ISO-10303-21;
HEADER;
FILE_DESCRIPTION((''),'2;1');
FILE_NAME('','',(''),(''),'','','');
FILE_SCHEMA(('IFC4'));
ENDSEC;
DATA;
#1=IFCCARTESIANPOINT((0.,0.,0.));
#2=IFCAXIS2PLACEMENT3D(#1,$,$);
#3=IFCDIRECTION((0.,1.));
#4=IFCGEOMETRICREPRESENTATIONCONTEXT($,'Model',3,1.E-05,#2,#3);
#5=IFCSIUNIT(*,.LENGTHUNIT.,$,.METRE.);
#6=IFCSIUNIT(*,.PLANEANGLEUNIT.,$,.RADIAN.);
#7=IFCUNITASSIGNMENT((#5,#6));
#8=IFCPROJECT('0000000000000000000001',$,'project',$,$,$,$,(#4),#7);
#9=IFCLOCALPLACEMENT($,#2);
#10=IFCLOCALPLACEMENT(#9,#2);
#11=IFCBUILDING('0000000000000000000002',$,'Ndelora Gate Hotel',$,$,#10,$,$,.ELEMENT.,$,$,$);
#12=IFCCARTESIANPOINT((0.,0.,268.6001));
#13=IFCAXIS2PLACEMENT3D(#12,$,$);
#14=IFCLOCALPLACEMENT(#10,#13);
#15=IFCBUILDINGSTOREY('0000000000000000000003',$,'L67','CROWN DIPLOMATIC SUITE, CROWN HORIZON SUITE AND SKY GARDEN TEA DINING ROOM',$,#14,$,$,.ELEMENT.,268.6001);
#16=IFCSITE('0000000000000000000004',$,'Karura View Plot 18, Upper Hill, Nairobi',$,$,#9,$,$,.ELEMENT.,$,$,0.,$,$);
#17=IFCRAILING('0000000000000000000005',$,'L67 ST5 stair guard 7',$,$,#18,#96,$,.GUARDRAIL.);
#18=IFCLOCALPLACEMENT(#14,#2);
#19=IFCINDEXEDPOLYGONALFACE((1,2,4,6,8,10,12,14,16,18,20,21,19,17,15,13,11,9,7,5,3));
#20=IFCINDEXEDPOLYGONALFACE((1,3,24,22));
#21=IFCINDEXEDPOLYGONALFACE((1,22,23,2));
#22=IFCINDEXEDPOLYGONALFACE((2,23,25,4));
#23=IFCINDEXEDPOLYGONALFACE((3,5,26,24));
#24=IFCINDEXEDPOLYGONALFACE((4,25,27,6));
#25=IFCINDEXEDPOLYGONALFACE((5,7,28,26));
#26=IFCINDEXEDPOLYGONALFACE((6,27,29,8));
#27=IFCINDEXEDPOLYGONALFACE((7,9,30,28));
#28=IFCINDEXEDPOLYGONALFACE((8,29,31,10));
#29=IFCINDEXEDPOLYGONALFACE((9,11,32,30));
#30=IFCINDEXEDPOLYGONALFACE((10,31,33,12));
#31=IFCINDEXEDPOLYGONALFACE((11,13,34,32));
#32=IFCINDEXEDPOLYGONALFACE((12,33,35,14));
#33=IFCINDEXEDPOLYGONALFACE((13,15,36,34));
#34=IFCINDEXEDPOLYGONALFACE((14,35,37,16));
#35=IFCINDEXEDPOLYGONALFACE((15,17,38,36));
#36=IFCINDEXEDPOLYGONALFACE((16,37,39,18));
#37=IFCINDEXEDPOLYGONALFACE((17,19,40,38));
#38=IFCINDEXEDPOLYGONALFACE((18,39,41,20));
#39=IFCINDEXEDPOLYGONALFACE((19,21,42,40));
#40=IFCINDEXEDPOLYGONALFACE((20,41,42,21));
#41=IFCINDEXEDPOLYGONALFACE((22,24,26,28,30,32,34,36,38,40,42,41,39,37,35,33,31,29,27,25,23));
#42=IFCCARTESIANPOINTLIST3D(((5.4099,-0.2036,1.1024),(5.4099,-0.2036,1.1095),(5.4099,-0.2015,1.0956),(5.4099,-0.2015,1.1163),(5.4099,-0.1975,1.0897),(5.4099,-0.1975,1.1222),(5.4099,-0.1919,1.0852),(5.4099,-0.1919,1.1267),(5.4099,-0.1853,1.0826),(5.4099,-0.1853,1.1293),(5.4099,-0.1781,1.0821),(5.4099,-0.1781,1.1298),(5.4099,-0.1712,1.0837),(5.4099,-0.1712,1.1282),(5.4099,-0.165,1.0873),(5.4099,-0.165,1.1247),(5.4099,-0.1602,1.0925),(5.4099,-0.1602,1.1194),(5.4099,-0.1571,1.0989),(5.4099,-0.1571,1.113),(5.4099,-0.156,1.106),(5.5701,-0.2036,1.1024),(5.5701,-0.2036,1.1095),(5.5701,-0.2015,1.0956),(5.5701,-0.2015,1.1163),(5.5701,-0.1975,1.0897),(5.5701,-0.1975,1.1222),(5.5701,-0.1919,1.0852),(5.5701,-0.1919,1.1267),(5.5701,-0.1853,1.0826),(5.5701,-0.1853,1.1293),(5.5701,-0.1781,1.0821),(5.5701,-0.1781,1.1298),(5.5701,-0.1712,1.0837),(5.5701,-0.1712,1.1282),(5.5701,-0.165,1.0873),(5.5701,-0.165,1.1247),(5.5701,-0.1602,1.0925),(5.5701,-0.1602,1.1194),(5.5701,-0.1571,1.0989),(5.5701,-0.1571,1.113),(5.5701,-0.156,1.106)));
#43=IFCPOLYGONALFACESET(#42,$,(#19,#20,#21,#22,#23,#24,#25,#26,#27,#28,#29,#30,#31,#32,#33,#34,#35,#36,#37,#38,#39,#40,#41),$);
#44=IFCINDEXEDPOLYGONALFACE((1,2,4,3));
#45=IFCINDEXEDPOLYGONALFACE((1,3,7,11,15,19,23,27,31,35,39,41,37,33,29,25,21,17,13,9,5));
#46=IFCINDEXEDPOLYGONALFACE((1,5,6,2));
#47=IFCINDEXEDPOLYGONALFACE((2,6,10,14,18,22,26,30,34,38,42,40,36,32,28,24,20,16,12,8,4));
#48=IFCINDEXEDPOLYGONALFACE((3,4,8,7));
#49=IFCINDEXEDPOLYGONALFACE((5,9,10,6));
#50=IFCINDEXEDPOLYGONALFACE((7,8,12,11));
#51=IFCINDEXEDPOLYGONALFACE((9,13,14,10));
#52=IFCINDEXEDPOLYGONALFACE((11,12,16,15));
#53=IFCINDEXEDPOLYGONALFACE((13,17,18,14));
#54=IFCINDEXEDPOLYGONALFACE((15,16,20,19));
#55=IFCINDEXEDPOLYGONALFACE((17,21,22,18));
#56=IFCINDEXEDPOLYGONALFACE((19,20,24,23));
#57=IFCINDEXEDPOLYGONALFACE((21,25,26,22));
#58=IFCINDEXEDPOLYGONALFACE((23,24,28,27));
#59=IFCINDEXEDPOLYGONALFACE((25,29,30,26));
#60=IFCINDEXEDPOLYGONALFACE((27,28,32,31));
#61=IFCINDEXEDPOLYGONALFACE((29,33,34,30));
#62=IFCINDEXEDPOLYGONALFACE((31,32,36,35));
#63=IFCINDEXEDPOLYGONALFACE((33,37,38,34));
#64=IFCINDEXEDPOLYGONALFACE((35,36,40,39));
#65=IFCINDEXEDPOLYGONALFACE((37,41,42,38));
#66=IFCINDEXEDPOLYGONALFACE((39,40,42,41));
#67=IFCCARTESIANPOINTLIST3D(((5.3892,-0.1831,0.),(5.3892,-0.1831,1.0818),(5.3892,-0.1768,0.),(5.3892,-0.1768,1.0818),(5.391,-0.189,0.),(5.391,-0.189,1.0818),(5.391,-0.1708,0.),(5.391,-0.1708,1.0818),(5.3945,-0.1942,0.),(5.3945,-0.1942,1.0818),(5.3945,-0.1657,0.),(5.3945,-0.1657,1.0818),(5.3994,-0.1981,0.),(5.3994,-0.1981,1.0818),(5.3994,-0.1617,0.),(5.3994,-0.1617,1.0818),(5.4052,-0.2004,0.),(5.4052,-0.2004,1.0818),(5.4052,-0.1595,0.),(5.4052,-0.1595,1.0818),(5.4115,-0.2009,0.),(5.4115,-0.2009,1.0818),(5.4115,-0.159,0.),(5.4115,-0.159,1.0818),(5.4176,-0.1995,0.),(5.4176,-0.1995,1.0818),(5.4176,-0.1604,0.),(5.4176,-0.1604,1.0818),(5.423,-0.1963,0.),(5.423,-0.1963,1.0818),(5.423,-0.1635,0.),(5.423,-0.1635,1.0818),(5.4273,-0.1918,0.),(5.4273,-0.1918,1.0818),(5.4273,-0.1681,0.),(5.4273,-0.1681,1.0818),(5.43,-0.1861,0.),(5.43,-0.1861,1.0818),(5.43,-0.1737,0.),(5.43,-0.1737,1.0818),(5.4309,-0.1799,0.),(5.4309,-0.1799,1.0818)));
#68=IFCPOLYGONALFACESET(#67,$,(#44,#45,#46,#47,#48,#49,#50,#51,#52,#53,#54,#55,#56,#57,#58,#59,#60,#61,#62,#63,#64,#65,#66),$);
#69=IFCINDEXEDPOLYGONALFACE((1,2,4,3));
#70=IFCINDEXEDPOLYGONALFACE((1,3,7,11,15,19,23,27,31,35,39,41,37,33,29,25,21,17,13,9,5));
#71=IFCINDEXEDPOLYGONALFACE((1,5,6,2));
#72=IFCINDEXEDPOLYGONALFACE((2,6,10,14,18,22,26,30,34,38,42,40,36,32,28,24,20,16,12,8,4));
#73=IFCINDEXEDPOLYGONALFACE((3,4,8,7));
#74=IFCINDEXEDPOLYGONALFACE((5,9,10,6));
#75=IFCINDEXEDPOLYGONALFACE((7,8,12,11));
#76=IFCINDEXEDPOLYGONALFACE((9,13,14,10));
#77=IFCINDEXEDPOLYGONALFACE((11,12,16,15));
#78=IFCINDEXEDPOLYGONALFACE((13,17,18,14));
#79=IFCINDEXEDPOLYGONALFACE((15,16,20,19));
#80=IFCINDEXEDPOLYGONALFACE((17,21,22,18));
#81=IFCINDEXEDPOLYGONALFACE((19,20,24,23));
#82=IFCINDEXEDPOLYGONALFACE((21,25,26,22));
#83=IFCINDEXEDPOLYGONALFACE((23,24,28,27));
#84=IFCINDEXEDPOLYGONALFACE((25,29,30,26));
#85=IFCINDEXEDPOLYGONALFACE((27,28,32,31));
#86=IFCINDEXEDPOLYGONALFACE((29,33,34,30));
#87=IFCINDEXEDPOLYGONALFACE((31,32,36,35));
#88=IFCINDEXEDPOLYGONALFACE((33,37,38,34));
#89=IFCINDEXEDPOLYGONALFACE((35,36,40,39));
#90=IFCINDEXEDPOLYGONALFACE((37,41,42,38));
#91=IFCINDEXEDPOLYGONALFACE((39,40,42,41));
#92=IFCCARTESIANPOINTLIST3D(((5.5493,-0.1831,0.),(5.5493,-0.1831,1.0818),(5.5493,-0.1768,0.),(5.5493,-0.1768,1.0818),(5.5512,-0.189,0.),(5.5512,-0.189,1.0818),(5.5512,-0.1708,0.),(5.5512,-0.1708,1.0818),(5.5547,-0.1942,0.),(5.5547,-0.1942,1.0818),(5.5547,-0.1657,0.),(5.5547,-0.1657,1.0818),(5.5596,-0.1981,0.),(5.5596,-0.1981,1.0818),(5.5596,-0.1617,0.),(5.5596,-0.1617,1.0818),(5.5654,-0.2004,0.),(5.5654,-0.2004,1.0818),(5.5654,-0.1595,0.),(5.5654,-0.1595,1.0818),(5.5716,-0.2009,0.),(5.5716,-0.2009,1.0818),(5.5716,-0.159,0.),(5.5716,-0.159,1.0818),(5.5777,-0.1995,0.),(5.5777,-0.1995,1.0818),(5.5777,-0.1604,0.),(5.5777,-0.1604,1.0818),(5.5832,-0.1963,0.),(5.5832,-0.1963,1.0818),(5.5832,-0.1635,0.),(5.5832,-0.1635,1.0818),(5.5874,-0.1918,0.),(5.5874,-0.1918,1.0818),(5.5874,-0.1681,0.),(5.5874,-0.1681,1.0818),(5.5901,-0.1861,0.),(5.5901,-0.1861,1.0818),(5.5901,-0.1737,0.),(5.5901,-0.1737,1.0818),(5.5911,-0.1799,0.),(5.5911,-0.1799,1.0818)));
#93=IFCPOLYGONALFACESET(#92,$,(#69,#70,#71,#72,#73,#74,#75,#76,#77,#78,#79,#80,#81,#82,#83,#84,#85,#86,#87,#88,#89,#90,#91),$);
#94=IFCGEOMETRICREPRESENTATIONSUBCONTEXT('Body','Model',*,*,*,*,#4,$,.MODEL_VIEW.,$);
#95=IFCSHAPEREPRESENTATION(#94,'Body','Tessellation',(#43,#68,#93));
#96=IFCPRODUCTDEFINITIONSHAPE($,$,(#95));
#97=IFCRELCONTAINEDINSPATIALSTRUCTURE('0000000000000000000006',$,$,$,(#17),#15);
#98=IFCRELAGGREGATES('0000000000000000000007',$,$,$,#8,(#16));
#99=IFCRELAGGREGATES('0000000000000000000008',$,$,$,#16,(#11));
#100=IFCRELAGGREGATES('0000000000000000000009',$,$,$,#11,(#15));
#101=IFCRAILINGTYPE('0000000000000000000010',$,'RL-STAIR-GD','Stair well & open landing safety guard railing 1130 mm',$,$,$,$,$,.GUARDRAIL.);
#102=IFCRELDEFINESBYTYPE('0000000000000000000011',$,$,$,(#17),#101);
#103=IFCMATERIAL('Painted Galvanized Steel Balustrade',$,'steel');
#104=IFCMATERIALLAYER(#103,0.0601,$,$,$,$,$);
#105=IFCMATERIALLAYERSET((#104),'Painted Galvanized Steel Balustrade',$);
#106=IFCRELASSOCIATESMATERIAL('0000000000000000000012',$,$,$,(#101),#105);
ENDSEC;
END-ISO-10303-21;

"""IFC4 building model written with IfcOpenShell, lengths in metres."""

from ifc_helpers import new_model, si_unit, direction, frame, origin, origin_2d, place, context, subcontext, project, spatial, circle, extrude, material, layer, layer_set, type_object, element, save


model = new_model("IFC4")

# Units and contexts
model_context = context("Model", 3, precision=1e-05, world=origin(), true_north=direction((0.0, 1.0)))
body_context = subcontext(model_context, "Body", "Model", "MODEL_VIEW")
ifc_project = project(units=[si_unit("LENGTHUNIT", "METRE"), si_unit("PLANEANGLEUNIT", "RADIAN")], contexts=[model_context])

# Site, building, storey
site_placement = place(None, origin())
site = spatial("IfcSite", under=ifc_project, at=site_placement, Name="Karura View Plot 18, Upper Hill, Nairobi", CompositionType="ELEMENT", RefElevation=0.0)
building_placement = place(site_placement, origin())
building = spatial("IfcBuilding", under=site, at=building_placement, Name="Ndelora Gate Hotel", CompositionType="ELEMENT")
storey_placement = place(building_placement, frame((0.0, 0.0, 268.6001)))
storey = spatial("IfcBuildingStorey", under=building, at=storey_placement, Name="L67", Description="CROWN DIPLOMATIC SUITE, CROWN HORIZON SUITE AND SKY GARDEN TEA DINING ROOM", CompositionType="ELEMENT", Elevation=268.6001)

# Railing
ifc_material_1 = material(Name="Painted Galvanized Steel Balustrade", Category="steel")
ifc_layer_1 = layer(ifc_material_1, 0.0601)
ifc_layer_set_1 = layer_set([ifc_layer_1], Name="Painted Galvanized Steel Balustrade")
railing_type_1 = type_object("IfcRailingType", Name="RL-STAIR-GD", Description="Stair well & open landing safety guard railing 1130 mm", PredefinedType="GUARDRAIL", material=ifc_layer_set_1)
railing_1_placement = place(storey_placement, frame((5.4099, -0.1799, 0.0)))
element("IfcRailing", 1, at=railing_1_placement, inside=storey, type_object=railing_type_1, Name="L67 ST5 stair guard 7", PredefinedType="GUARDRAIL", context=body_context, shape_type="SweptSolid", body=[
    extrude(circle(Radius=0.0239, at=origin_2d()), frame((0.0, 0.0, 1.106), z_axis=(1.0, 0.0, 0.0), x_axis=(0.0, 1.0, 0.0)), (0.0, 0.0, 1.0), 0.1602),
    extrude(circle(Radius=0.021, at=origin_2d()), origin(), (0.0, 0.0, 1.0), 1.0818),
    extrude(circle(Radius=0.021, at=origin_2d()), frame((0.1602, 0.0, 0.0)), (0.0, 0.0, 1.0), 1.0818),
])

save(model, "model.ifc")
